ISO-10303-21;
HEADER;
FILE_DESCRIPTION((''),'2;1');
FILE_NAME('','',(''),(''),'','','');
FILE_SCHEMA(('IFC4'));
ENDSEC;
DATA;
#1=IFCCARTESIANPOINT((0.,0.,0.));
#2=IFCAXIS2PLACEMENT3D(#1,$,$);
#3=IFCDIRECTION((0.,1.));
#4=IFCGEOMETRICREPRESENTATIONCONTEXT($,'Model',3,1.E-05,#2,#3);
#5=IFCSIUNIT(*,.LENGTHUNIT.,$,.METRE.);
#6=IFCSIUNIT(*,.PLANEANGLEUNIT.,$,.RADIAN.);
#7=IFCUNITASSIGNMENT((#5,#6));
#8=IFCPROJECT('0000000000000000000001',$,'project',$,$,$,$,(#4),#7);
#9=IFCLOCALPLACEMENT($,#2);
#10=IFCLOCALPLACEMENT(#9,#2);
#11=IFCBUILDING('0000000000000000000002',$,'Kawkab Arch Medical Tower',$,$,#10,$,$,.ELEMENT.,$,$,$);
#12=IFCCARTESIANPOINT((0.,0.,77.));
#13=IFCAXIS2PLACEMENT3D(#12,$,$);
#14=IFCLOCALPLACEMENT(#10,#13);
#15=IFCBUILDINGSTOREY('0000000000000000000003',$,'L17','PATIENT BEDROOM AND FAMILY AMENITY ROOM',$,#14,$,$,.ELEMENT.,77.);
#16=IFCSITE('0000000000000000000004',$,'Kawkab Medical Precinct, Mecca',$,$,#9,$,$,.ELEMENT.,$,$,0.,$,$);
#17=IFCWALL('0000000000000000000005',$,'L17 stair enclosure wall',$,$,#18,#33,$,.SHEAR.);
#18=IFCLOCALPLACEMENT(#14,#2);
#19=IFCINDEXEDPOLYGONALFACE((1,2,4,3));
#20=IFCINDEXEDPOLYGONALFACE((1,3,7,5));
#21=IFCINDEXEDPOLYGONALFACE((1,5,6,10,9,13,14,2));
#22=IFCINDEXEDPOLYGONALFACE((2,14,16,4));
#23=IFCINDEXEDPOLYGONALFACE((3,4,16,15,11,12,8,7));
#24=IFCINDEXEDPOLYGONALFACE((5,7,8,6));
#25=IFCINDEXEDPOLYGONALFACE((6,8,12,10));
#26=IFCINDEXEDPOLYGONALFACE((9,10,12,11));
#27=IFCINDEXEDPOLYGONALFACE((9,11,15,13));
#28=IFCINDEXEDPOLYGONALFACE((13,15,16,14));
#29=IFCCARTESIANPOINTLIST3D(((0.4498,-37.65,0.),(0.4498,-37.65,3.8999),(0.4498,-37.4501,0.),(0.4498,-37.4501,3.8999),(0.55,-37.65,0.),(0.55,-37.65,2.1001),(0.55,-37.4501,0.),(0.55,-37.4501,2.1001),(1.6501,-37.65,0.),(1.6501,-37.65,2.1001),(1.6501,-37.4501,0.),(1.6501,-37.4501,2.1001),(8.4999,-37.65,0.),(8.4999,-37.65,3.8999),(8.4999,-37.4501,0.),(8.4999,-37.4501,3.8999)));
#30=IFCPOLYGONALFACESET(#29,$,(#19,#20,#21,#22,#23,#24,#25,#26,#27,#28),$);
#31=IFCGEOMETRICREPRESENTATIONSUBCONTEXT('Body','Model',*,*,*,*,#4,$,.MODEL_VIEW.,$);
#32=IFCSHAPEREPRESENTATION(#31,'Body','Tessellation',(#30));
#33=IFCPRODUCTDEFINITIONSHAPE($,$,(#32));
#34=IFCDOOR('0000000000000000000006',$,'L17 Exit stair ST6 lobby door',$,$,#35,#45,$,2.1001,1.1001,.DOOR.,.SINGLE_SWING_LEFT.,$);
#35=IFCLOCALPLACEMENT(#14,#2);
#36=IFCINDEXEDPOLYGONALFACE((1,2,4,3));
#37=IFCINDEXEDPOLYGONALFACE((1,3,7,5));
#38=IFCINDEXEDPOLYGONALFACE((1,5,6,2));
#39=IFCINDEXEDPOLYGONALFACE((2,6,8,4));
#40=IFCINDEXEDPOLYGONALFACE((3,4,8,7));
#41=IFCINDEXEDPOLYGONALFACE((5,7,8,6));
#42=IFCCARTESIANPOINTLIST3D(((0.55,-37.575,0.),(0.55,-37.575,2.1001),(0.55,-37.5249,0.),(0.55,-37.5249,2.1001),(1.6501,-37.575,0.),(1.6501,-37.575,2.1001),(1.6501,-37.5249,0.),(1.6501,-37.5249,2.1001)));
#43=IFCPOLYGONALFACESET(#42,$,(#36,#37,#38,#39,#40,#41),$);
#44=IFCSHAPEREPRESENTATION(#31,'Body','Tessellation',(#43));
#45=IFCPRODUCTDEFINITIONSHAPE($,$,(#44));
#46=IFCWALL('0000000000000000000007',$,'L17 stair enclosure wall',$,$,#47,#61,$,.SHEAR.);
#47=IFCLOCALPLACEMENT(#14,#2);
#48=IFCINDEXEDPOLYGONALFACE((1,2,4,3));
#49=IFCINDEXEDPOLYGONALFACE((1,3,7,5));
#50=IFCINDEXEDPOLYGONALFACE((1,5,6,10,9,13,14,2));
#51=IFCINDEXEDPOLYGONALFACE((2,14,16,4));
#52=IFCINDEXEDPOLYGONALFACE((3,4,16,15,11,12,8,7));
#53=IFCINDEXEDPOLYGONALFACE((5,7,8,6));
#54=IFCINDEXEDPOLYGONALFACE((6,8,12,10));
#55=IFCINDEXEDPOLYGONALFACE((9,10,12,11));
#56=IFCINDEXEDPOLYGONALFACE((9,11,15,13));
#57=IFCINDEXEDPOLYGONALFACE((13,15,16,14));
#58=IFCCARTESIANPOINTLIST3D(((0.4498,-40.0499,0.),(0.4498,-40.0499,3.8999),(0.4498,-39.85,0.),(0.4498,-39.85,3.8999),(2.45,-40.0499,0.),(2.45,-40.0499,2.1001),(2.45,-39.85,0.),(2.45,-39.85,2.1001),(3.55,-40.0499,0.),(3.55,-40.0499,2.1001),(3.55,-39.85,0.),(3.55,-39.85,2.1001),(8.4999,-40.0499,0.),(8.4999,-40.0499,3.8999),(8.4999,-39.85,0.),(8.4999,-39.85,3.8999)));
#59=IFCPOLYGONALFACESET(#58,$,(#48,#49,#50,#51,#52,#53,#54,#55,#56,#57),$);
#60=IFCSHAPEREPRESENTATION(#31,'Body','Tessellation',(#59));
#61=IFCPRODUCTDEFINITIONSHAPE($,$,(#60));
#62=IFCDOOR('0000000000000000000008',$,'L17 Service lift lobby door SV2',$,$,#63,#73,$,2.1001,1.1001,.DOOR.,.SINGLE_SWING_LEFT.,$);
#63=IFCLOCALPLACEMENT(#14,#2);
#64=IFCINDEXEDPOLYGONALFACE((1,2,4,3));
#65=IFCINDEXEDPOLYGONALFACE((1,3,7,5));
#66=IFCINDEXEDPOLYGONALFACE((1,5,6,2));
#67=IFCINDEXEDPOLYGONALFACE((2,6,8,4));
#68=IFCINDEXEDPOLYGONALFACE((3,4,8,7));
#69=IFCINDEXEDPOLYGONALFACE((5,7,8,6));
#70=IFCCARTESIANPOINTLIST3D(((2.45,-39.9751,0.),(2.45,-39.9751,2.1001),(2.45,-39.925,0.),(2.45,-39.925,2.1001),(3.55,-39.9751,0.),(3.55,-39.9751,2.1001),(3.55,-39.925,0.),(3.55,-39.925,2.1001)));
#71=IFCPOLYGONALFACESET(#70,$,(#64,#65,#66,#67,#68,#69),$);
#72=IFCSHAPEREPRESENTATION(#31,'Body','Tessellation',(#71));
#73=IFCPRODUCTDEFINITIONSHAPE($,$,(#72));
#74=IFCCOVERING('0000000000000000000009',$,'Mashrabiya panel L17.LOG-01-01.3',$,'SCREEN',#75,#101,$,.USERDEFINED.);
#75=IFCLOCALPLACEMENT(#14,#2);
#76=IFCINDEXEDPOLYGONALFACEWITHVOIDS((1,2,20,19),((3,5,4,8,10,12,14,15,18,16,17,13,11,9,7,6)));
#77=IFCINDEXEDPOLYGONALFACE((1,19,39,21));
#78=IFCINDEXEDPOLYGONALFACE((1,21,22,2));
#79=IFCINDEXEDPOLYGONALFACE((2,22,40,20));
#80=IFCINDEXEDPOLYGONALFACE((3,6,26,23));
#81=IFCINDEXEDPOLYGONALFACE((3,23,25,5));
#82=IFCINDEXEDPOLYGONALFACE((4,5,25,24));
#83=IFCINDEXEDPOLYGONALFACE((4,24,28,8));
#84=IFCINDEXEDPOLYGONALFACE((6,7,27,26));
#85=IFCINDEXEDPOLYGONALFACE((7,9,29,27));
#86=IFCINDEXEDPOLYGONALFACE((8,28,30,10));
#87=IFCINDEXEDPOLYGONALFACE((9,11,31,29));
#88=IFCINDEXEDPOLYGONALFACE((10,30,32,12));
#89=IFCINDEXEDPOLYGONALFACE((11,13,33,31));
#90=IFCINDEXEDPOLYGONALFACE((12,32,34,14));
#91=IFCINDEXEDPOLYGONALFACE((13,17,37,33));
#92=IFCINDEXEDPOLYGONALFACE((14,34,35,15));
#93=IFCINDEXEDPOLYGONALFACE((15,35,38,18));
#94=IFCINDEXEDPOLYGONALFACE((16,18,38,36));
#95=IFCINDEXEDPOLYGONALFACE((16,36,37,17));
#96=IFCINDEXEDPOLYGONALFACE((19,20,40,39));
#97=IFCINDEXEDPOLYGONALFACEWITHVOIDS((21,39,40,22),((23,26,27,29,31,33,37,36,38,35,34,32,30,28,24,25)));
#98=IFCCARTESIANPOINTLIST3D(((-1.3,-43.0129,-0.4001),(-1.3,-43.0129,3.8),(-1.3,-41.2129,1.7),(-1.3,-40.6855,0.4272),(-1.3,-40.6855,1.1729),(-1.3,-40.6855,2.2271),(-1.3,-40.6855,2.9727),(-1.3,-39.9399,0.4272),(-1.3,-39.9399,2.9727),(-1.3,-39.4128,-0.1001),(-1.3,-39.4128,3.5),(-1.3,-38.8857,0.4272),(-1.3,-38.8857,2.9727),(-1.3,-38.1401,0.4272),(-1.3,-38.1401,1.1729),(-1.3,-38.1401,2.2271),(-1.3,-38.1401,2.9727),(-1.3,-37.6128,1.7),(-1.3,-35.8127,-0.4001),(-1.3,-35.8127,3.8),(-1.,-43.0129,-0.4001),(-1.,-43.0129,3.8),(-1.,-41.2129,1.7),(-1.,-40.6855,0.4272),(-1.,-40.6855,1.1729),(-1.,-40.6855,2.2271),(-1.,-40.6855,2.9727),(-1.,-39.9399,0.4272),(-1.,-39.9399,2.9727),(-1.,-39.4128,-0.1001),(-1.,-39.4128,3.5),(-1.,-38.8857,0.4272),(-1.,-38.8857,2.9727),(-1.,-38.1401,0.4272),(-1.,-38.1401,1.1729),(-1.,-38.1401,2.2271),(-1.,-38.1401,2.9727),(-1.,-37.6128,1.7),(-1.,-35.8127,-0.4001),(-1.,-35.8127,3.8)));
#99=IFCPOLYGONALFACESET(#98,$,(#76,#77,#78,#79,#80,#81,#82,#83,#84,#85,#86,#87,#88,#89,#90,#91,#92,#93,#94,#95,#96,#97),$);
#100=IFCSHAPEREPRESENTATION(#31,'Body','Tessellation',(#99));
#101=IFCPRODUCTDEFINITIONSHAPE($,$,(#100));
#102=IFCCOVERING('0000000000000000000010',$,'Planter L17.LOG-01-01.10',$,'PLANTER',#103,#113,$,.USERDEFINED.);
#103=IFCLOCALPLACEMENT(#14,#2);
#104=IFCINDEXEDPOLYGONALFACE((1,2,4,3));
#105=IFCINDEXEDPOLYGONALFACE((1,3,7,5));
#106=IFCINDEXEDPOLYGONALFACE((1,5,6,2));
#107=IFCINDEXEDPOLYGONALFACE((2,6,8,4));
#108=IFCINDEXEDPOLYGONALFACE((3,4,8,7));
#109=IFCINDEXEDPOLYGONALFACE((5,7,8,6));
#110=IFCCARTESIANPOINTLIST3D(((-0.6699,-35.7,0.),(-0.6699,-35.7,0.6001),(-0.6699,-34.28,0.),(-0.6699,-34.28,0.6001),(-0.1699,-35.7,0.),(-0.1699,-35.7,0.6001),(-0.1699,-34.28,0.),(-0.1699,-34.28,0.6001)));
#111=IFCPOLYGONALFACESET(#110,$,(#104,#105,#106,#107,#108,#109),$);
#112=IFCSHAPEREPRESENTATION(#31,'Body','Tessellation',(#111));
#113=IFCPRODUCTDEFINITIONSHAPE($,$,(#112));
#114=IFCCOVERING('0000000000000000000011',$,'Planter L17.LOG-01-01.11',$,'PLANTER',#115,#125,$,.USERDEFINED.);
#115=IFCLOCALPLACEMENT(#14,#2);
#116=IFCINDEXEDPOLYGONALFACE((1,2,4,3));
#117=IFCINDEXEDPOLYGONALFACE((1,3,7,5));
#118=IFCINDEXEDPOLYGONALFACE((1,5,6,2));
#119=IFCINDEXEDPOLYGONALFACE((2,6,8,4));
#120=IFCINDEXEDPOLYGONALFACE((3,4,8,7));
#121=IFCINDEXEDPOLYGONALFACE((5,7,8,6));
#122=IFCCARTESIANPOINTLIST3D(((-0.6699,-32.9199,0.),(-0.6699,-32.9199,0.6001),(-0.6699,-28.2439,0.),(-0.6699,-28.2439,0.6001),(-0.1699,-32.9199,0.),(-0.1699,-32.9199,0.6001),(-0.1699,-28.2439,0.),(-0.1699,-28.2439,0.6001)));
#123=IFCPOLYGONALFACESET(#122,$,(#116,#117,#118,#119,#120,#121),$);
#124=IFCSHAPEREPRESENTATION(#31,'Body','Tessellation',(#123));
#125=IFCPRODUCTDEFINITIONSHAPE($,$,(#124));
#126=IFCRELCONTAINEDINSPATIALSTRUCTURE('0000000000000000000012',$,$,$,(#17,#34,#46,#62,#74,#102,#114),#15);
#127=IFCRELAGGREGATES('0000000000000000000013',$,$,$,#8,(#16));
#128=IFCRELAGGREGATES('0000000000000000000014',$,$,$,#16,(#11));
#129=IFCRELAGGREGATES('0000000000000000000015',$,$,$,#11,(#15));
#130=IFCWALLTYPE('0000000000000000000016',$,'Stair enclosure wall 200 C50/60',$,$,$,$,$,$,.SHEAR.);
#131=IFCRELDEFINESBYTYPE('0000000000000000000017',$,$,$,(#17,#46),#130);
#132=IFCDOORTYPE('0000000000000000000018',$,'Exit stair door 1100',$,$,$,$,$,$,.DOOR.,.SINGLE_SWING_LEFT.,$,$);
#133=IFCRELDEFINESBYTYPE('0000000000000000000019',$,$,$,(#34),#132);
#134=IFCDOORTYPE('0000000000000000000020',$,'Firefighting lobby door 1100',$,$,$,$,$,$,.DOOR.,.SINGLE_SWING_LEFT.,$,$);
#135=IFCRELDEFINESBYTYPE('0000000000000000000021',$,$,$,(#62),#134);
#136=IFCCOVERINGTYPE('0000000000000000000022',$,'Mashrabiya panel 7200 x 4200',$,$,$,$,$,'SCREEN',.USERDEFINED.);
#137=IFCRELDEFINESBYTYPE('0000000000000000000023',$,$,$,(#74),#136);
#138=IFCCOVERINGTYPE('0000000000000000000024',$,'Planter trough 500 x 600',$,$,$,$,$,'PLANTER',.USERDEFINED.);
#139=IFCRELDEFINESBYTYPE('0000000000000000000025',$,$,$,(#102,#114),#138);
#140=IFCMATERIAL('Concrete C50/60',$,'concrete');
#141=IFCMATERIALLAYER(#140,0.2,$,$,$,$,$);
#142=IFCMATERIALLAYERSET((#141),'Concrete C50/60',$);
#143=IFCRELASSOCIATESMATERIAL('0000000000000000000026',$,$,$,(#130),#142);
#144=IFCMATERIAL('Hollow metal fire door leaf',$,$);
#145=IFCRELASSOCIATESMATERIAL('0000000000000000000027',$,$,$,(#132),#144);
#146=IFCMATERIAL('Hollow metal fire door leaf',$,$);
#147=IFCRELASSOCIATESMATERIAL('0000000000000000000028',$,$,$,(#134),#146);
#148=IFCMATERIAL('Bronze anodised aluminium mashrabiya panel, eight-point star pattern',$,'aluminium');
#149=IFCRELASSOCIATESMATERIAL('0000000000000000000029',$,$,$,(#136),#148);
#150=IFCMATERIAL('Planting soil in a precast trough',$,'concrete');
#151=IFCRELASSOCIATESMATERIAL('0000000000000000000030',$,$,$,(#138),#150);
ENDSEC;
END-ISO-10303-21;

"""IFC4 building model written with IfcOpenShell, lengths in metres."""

from ifc_helpers import new_model, si_unit, direction, frame, frame_2d, origin, origin_2d, place, context, subcontext, project, spatial, polyline, rectangle, outline, extrude, material, layer, layer_set, material_profile, profile_set, type_object, element, fill, save


model = new_model("IFC4")

# Units and contexts
model_context = context("Model", 3, precision=1e-05, world=origin(), true_north=direction((0.0, 1.0)))
body_context = subcontext(model_context, "Body", "Model", "MODEL_VIEW")
ifc_project = project(units=[si_unit("LENGTHUNIT", "METRE"), si_unit("PLANEANGLEUNIT", "RADIAN")], contexts=[model_context])

# Site, building, storey
site_placement = place(None, origin())
site = spatial("IfcSite", under=ifc_project, at=site_placement, Name="Kawkab Medical Precinct, Mecca", CompositionType="ELEMENT", RefElevation=0.0)
building_placement = place(site_placement, origin())
building = spatial("IfcBuilding", under=site, at=building_placement, Name="Kawkab Arch Medical Tower", CompositionType="ELEMENT")
storey_placement = place(building_placement, frame((0.0, 0.0, 77.0)))
storey = spatial("IfcBuildingStorey", under=building, at=storey_placement, Name="L17", Description="PATIENT BEDROOM AND FAMILY AMENITY ROOM", CompositionType="ELEMENT", Elevation=77.0)

# Walls, openings, doors
ifc_material_1 = material(Name="Concrete C50/60", Category="concrete")
ifc_layer_1 = layer(ifc_material_1, 0.2)
ifc_layer_set_1 = layer_set([ifc_layer_1], Name="Concrete C50/60")
wall_type_1 = type_object("IfcWallType", Name="Stair enclosure wall 200 C50/60", PredefinedType="SHEAR", material=ifc_layer_set_1)
ifc_material_2 = material(Name="Hollow metal fire door leaf")
door_type_1 = type_object("IfcDoorType", Name="Exit stair door 1100", OperationType="SINGLE_SWING_LEFT", PredefinedType="DOOR", material=ifc_material_2)
wall_1_placement = place(storey_placement, frame((0.45, -37.55, 0.0), z_axis=(0.0, 0.0, 1.0), x_axis=(1.0, 0.0, 0.0)))
wall_1 = element("IfcWall", 1, at=wall_1_placement, inside=storey, type_object=wall_type_1, Name="L17 stair enclosure wall", PredefinedType="SHEAR", context=body_context, shape_type="SweptSolid", body=[
    extrude(rectangle(XDim=8.05, YDim=0.2, at=frame_2d((4.0249, 0.0))), origin(), (0.0, 0.0, 1.0), 3.8999),
])
opening_1_placement = place(wall_1_placement, frame((0.1001, 0.0, 0.0)))
opening_1 = element("IfcOpeningElement", 2, at=opening_1_placement, cuts=wall_1, PredefinedType="OPENING", context=body_context, shape_type="SweptSolid", body=[
    extrude(rectangle(XDim=1.1001, YDim=2.1001, at=frame_2d((0.55, 1.05))), frame((0.0, 0.1099, 0.0), z_axis=(0.0, -1.0, 0.0), x_axis=(1.0, 0.0, 0.0)), (0.0, 0.0, 1.0), 0.22),
])
door_1_placement = place(opening_1_placement, frame((1.1001, 0.0, 0.0), z_axis=(0.0, 0.0, 1.0), x_axis=(-1.0, 0.0, 0.0)))
door_1 = element("IfcDoor", 3, at=door_1_placement, inside=storey, type_object=door_type_1, Name="L17 Exit stair ST6 lobby door", OperationType="SINGLE_SWING_LEFT", OverallHeight=2.1001, OverallWidth=1.1001, PredefinedType="DOOR", context=body_context, shape_type="SweptSolid", body=[
    extrude(rectangle(XDim=1.1001, YDim=2.1001, at=frame_2d((0.55, 1.05))), frame((0.0, 0.0249, 0.0), z_axis=(0.0, -1.0, 0.0), x_axis=(1.0, 0.0, 0.0)), (0.0, 0.0, 1.0), 0.05),
])
fill(opening_1, door_1)
wall_2_placement = place(storey_placement, frame((0.45, -39.95, 0.0), z_axis=(0.0, 0.0, 1.0), x_axis=(1.0, 0.0, 0.0)))
wall_2 = element("IfcWall", 4, at=wall_2_placement, inside=storey, type_object=wall_type_1, Name="L17 stair enclosure wall", PredefinedType="SHEAR", context=body_context, shape_type="SweptSolid", body=[
    extrude(rectangle(XDim=8.05, YDim=0.2, at=frame_2d((4.0249, 0.0))), origin(), (0.0, 0.0, 1.0), 3.8999),
])
opening_2_placement = place(wall_2_placement, frame((2.0, 0.0, 0.0)))
opening_2 = element("IfcOpeningElement", 5, at=opening_2_placement, cuts=wall_2, PredefinedType="OPENING", context=body_context, shape_type="SweptSolid", body=[
    extrude(rectangle(XDim=1.1001, YDim=2.1001, at=frame_2d((0.55, 1.05))), frame((0.0, 0.1099, 0.0), z_axis=(0.0, -1.0, 0.0), x_axis=(1.0, 0.0, 0.0)), (0.0, 0.0, 1.0), 0.22),
])
ifc_material_3 = material(Name="Hollow metal fire door leaf")
door_type_2 = type_object("IfcDoorType", Name="Firefighting lobby door 1100", OperationType="SINGLE_SWING_LEFT", PredefinedType="DOOR", material=ifc_material_3)
door_2_placement = place(opening_2_placement, origin())
door_2 = element("IfcDoor", 6, at=door_2_placement, inside=storey, type_object=door_type_2, Name="L17 Service lift lobby door SV2", OperationType="SINGLE_SWING_LEFT", OverallHeight=2.1001, OverallWidth=1.1001, PredefinedType="DOOR", context=body_context, shape_type="SweptSolid", body=[
    extrude(rectangle(XDim=1.1001, YDim=2.1001, at=frame_2d((0.55, 1.05))), frame((0.0, 0.0249, 0.0), z_axis=(0.0, -1.0, 0.0), x_axis=(1.0, 0.0, 0.0)), (0.0, 0.0, 1.0), 0.05),
])
fill(opening_2, door_2)

# Coverings
ifc_material_4 = material(Name="Bronze anodised aluminium mashrabiya panel, eight-point star pattern", Category="aluminium")
ifc_material_profile_1 = material_profile(ifc_material_4, outline(polyline([(-3.6001, -2.1001), (3.6001, -2.1001), (3.6001, 2.1001), (-3.6001, 2.1001), (-3.6001, -2.1001)]), holes=[polyline([(1.8, 0.0), (1.2727, 0.5271), (1.2727, 1.2727), (0.5271, 1.2727), (0.0, 1.8), (-0.5271, 1.2727), (-1.2727, 1.2727), (-1.2727, 0.5271), (-1.8, 0.0), (-1.2727, -0.5271), (-1.2727, -1.2727), (-0.5271, -1.2727), (0.0, -1.8), (0.5271, -1.2727), (1.2727, -1.2727), (1.2727, -0.5271), (1.8, 0.0)])]), Name="Mashrabiya panel 7200x4200")
ifc_profile_set_1 = profile_set([ifc_material_profile_1], Name="Bronze anodised aluminium mashrabiya panel, eight-point star pattern")
covering_type_1 = type_object("IfcCoveringType", Name="Mashrabiya panel 7200 x 4200", ElementType="SCREEN", PredefinedType="USERDEFINED", material=ifc_profile_set_1)
covering_1_placement = place(storey_placement, frame((-1.0, -39.4128, 1.7), z_axis=(-1.0, 0.0, 0.0), x_axis=(0.0, -1.0, 0.0)))
element("IfcCovering", 7, at=covering_1_placement, inside=storey, type_object=covering_type_1, Name="Mashrabiya panel L17.LOG-01-01.3", ObjectType="SCREEN", PredefinedType="USERDEFINED", context=body_context, shape_type="SweptSolid", body=[
    extrude(outline(polyline([(-3.6001, -2.1001), (3.6001, -2.1001), (3.6001, 2.1001), (-3.6001, 2.1001), (-3.6001, -2.1001)]), holes=[polyline([(1.8, 0.0), (1.2727, 0.5271), (1.2727, 1.2727), (0.5271, 1.2727), (0.0, 1.8), (-0.5271, 1.2727), (-1.2727, 1.2727), (-1.2727, 0.5271), (-1.8, 0.0), (-1.2727, -0.5271), (-1.2727, -1.2727), (-0.5271, -1.2727), (0.0, -1.8), (0.5271, -1.2727), (1.2727, -1.2727), (1.2727, -0.5271), (1.8, 0.0)])]), origin(), (0.0, 0.0, 1.0), 0.3),
])
ifc_material_5 = material(Name="Planting soil in a precast trough", Category="concrete")
ifc_material_profile_2 = material_profile(ifc_material_5, rectangle(XDim=0.5, YDim=0.6001, at=origin_2d()), Name="Trough 500x600")
ifc_profile_set_2 = profile_set([ifc_material_profile_2], Name="Planting soil in a precast trough")
covering_type_2 = type_object("IfcCoveringType", Name="Planter trough 500 x 600", ElementType="PLANTER", PredefinedType="USERDEFINED", material=ifc_profile_set_2)
covering_2_placement = place(storey_placement, frame((-0.4199, -35.7, 0.3), z_axis=(0.0, 1.0, 0.0), x_axis=(-1.0, 0.0, 0.0)))
element("IfcCovering", 8, at=covering_2_placement, inside=storey, type_object=covering_type_2, Name="Planter L17.LOG-01-01.10", ObjectType="PLANTER", PredefinedType="USERDEFINED", context=body_context, shape_type="SweptSolid", body=[
    extrude(rectangle(XDim=0.5, YDim=0.6001, at=origin_2d()), origin(), (0.0, 0.0, 1.0), 1.4199),
])
covering_3_placement = place(storey_placement, frame((-0.4199, -32.9199, 0.3), z_axis=(0.0, 1.0, 0.0), x_axis=(-1.0, 0.0, 0.0)))
element("IfcCovering", 9, at=covering_3_placement, inside=storey, type_object=covering_type_2, Name="Planter L17.LOG-01-01.11", ObjectType="PLANTER", PredefinedType="USERDEFINED", context=body_context, shape_type="SweptSolid", body=[
    extrude(rectangle(XDim=0.5, YDim=0.6001, at=origin_2d()), origin(), (0.0, 0.0, 1.0), 4.676),
])

save(model, "model.ifc")
